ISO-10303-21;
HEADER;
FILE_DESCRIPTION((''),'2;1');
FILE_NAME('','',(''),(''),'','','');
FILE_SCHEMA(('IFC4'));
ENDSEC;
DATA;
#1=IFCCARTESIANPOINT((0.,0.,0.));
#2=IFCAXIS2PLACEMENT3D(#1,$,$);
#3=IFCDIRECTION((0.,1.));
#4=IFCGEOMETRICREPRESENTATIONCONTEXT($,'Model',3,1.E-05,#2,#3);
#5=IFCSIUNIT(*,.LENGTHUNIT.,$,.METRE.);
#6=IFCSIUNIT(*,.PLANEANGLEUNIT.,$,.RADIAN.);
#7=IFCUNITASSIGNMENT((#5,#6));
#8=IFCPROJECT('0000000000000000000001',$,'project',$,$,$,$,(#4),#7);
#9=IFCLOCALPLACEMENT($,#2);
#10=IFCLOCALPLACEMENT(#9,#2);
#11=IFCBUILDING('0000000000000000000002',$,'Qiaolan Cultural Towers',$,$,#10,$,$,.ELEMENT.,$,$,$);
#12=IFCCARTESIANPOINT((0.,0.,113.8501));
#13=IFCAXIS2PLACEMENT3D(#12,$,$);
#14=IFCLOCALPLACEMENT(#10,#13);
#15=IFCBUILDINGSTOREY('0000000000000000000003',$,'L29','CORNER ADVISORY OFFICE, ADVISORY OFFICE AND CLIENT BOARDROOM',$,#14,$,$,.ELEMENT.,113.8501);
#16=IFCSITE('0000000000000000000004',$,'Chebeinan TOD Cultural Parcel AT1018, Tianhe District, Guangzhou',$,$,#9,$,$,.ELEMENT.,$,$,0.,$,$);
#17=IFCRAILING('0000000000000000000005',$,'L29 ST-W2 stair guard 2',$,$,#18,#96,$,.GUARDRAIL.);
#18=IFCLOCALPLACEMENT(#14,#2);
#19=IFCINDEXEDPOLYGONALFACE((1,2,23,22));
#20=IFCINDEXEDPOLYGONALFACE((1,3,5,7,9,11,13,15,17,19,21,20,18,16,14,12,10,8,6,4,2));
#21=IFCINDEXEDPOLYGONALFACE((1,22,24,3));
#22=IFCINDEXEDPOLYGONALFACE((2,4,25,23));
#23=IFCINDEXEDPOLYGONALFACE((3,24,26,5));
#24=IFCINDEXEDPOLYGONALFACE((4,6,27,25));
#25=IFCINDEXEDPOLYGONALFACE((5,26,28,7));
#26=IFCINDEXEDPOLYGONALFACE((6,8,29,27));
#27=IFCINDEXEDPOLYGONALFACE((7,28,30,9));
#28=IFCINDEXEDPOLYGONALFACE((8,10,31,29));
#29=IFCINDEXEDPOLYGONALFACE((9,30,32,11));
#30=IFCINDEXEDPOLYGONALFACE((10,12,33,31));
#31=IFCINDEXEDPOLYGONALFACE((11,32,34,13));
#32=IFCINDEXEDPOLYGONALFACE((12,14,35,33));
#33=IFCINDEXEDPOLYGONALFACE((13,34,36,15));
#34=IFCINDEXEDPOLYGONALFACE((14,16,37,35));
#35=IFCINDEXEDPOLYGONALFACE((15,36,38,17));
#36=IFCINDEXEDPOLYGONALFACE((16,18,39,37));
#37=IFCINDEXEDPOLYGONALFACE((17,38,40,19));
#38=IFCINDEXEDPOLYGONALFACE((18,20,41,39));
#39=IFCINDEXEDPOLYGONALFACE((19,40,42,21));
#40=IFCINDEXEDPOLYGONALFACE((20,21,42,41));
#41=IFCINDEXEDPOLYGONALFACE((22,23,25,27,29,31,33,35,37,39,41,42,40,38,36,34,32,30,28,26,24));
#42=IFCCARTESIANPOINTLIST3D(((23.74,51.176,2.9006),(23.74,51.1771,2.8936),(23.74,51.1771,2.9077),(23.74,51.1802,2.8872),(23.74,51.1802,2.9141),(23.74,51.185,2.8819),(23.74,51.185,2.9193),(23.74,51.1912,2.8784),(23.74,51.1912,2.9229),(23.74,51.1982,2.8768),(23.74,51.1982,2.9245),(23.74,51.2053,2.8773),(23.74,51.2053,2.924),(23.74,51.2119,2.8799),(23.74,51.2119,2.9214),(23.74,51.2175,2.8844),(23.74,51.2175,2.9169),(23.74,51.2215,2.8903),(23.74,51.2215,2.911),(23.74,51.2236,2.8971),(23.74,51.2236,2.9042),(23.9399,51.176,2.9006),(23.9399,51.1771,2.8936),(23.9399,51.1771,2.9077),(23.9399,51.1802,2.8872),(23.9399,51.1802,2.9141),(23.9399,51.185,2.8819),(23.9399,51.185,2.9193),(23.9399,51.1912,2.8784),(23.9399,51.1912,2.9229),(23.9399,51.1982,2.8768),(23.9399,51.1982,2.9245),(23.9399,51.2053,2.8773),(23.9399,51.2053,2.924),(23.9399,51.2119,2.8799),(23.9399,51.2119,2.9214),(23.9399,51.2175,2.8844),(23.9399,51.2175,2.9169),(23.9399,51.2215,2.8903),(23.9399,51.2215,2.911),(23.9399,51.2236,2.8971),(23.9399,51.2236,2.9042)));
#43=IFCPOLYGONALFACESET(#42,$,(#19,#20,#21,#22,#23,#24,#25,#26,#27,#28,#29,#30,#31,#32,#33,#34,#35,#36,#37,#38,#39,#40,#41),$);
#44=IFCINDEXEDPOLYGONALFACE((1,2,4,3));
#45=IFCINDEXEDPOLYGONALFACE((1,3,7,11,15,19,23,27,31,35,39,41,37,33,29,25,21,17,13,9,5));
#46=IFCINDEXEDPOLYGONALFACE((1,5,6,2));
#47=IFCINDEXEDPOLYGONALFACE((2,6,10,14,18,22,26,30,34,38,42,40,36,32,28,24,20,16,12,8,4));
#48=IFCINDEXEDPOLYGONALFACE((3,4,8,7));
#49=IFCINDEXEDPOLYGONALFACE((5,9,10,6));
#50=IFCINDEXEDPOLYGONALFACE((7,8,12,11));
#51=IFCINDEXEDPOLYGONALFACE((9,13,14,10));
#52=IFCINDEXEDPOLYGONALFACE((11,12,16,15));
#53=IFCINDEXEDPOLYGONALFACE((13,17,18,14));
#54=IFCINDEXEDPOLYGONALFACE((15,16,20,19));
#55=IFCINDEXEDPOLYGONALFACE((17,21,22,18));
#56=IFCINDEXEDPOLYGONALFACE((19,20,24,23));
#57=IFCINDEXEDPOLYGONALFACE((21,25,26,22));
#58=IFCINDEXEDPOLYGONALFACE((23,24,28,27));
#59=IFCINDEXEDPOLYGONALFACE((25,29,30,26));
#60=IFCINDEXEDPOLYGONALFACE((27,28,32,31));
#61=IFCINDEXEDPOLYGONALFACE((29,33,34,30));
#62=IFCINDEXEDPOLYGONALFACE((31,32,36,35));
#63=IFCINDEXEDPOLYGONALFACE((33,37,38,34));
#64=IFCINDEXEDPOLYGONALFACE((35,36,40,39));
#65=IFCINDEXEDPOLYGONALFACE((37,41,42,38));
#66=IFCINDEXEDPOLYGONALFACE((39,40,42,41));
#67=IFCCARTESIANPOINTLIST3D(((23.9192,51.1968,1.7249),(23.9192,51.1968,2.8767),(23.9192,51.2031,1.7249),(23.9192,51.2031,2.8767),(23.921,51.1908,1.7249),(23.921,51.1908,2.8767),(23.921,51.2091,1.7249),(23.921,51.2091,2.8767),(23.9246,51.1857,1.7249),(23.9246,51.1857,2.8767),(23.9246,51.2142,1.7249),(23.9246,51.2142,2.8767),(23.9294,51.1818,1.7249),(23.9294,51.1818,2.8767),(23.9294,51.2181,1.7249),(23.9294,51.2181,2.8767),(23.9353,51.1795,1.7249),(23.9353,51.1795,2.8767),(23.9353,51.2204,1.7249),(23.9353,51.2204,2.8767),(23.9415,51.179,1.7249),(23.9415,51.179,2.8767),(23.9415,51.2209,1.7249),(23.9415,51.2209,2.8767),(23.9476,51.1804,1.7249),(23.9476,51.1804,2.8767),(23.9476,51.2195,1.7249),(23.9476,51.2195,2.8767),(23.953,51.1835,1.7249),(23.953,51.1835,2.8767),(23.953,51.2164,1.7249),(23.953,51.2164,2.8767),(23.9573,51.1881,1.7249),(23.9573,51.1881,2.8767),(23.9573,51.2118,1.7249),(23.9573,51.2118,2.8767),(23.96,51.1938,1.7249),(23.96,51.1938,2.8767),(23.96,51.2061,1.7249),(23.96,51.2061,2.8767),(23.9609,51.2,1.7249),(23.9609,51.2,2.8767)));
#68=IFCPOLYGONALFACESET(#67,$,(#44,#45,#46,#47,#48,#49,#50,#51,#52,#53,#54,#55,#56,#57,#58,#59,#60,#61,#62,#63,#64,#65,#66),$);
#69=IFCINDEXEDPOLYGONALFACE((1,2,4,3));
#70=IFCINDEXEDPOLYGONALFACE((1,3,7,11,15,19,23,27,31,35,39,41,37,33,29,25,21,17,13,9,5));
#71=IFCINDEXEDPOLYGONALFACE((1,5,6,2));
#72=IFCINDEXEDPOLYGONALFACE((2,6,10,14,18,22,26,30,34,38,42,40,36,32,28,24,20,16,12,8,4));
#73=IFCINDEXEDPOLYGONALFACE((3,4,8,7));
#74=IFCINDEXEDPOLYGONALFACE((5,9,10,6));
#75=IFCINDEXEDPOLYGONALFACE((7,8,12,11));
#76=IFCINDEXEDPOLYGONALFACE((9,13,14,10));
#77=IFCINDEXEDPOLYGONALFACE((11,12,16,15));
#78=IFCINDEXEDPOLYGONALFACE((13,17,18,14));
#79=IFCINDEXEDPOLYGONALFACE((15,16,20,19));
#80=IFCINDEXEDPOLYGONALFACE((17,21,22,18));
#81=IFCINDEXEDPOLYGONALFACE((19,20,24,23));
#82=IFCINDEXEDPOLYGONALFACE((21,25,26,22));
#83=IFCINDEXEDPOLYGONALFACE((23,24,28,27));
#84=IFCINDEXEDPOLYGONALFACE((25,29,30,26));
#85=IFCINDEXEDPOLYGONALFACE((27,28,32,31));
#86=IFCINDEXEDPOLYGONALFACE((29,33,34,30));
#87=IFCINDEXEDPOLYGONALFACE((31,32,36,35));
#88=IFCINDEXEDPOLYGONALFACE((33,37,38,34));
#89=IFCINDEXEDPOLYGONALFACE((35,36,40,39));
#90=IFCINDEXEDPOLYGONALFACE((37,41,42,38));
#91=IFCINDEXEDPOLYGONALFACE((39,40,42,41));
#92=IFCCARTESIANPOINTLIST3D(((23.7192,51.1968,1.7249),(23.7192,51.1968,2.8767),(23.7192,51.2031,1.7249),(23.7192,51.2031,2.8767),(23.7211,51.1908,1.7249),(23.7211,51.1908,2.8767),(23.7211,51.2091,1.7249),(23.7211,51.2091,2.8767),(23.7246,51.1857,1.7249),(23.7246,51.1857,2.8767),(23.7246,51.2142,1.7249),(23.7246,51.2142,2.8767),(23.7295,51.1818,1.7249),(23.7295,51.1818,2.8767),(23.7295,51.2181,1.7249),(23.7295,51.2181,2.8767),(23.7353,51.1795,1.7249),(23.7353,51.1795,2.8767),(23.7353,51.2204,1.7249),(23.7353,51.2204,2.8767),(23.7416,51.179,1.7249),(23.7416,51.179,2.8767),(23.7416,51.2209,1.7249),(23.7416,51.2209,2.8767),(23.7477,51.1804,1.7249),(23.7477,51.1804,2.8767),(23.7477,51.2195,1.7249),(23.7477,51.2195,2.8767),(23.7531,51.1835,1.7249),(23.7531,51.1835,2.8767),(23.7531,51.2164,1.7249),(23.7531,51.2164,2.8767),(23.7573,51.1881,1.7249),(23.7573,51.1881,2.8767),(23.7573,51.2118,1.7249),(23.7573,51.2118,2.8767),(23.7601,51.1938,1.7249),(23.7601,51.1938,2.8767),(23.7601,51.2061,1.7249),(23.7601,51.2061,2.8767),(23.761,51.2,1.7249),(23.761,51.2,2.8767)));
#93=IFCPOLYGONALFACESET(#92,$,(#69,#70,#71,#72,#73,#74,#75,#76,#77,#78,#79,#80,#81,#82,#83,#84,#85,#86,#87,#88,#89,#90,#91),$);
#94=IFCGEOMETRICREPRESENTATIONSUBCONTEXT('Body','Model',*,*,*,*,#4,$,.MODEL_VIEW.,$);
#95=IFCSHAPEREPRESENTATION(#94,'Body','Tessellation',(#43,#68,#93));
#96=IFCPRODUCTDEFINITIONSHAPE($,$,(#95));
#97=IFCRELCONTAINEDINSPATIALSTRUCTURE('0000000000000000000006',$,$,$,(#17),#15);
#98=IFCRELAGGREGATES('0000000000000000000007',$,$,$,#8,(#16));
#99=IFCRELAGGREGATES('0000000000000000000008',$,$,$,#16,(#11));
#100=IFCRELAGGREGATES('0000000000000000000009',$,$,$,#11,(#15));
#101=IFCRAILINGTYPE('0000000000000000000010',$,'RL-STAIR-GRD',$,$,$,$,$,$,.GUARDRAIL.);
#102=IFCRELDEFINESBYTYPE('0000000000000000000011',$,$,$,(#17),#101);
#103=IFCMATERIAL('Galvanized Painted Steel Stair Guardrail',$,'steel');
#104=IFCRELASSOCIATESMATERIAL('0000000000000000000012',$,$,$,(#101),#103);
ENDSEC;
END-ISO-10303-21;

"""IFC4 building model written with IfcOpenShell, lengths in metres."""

from ifc_helpers import new_model, si_unit, direction, frame, origin, origin_2d, place, context, subcontext, project, spatial, circle, extrude, material, type_object, element, save


model = new_model("IFC4")

# Units and contexts
model_context = context("Model", 3, precision=1e-05, world=origin(), true_north=direction((0.0, 1.0)))
body_context = subcontext(model_context, "Body", "Model", "MODEL_VIEW")
ifc_project = project(units=[si_unit("LENGTHUNIT", "METRE"), si_unit("PLANEANGLEUNIT", "RADIAN")], contexts=[model_context])

# Site, building, storey
site_placement = place(None, origin())
site = spatial("IfcSite", under=ifc_project, at=site_placement, Name="Chebeinan TOD Cultural Parcel AT1018, Tianhe District, Guangzhou", CompositionType="ELEMENT", RefElevation=0.0)
building_placement = place(site_placement, origin())
building = spatial("IfcBuilding", under=site, at=building_placement, Name="Qiaolan Cultural Towers", CompositionType="ELEMENT")
storey_placement = place(building_placement, frame((0.0, 0.0, 113.8501)))
storey = spatial("IfcBuildingStorey", under=building, at=storey_placement, Name="L29", Description="CORNER ADVISORY OFFICE, ADVISORY OFFICE AND CLIENT BOARDROOM", CompositionType="ELEMENT", Elevation=113.8501)

# Railing
ifc_material_1 = material(Name="Galvanized Painted Steel Stair Guardrail", Category="steel")
railing_type_1 = type_object("IfcRailingType", Name="RL-STAIR-GRD", PredefinedType="GUARDRAIL", material=ifc_material_1)
railing_1_placement = place(storey_placement, frame((23.9399, 51.2, 1.7249)))
element("IfcRailing", 1, at=railing_1_placement, inside=storey, type_object=railing_type_1, Name="L29 ST-W2 stair guard 2", PredefinedType="GUARDRAIL", context=body_context, shape_type="SweptSolid", body=[
    extrude(circle(Radius=0.0239, at=origin_2d()), frame((0.0, 0.0, 1.1758), z_axis=(-1.0, 0.0, 0.0), x_axis=(0.0, -1.0, 0.0)), (0.0, 0.0, 1.0), 0.2),
    extrude(circle(Radius=0.021, at=origin_2d()), origin(), (0.0, 0.0, 1.0), 1.1519),
    extrude(circle(Radius=0.021, at=origin_2d()), frame((-0.2, 0.0, 0.0)), (0.0, 0.0, 1.0), 1.1519),
])

save(model, "model.ifc")
